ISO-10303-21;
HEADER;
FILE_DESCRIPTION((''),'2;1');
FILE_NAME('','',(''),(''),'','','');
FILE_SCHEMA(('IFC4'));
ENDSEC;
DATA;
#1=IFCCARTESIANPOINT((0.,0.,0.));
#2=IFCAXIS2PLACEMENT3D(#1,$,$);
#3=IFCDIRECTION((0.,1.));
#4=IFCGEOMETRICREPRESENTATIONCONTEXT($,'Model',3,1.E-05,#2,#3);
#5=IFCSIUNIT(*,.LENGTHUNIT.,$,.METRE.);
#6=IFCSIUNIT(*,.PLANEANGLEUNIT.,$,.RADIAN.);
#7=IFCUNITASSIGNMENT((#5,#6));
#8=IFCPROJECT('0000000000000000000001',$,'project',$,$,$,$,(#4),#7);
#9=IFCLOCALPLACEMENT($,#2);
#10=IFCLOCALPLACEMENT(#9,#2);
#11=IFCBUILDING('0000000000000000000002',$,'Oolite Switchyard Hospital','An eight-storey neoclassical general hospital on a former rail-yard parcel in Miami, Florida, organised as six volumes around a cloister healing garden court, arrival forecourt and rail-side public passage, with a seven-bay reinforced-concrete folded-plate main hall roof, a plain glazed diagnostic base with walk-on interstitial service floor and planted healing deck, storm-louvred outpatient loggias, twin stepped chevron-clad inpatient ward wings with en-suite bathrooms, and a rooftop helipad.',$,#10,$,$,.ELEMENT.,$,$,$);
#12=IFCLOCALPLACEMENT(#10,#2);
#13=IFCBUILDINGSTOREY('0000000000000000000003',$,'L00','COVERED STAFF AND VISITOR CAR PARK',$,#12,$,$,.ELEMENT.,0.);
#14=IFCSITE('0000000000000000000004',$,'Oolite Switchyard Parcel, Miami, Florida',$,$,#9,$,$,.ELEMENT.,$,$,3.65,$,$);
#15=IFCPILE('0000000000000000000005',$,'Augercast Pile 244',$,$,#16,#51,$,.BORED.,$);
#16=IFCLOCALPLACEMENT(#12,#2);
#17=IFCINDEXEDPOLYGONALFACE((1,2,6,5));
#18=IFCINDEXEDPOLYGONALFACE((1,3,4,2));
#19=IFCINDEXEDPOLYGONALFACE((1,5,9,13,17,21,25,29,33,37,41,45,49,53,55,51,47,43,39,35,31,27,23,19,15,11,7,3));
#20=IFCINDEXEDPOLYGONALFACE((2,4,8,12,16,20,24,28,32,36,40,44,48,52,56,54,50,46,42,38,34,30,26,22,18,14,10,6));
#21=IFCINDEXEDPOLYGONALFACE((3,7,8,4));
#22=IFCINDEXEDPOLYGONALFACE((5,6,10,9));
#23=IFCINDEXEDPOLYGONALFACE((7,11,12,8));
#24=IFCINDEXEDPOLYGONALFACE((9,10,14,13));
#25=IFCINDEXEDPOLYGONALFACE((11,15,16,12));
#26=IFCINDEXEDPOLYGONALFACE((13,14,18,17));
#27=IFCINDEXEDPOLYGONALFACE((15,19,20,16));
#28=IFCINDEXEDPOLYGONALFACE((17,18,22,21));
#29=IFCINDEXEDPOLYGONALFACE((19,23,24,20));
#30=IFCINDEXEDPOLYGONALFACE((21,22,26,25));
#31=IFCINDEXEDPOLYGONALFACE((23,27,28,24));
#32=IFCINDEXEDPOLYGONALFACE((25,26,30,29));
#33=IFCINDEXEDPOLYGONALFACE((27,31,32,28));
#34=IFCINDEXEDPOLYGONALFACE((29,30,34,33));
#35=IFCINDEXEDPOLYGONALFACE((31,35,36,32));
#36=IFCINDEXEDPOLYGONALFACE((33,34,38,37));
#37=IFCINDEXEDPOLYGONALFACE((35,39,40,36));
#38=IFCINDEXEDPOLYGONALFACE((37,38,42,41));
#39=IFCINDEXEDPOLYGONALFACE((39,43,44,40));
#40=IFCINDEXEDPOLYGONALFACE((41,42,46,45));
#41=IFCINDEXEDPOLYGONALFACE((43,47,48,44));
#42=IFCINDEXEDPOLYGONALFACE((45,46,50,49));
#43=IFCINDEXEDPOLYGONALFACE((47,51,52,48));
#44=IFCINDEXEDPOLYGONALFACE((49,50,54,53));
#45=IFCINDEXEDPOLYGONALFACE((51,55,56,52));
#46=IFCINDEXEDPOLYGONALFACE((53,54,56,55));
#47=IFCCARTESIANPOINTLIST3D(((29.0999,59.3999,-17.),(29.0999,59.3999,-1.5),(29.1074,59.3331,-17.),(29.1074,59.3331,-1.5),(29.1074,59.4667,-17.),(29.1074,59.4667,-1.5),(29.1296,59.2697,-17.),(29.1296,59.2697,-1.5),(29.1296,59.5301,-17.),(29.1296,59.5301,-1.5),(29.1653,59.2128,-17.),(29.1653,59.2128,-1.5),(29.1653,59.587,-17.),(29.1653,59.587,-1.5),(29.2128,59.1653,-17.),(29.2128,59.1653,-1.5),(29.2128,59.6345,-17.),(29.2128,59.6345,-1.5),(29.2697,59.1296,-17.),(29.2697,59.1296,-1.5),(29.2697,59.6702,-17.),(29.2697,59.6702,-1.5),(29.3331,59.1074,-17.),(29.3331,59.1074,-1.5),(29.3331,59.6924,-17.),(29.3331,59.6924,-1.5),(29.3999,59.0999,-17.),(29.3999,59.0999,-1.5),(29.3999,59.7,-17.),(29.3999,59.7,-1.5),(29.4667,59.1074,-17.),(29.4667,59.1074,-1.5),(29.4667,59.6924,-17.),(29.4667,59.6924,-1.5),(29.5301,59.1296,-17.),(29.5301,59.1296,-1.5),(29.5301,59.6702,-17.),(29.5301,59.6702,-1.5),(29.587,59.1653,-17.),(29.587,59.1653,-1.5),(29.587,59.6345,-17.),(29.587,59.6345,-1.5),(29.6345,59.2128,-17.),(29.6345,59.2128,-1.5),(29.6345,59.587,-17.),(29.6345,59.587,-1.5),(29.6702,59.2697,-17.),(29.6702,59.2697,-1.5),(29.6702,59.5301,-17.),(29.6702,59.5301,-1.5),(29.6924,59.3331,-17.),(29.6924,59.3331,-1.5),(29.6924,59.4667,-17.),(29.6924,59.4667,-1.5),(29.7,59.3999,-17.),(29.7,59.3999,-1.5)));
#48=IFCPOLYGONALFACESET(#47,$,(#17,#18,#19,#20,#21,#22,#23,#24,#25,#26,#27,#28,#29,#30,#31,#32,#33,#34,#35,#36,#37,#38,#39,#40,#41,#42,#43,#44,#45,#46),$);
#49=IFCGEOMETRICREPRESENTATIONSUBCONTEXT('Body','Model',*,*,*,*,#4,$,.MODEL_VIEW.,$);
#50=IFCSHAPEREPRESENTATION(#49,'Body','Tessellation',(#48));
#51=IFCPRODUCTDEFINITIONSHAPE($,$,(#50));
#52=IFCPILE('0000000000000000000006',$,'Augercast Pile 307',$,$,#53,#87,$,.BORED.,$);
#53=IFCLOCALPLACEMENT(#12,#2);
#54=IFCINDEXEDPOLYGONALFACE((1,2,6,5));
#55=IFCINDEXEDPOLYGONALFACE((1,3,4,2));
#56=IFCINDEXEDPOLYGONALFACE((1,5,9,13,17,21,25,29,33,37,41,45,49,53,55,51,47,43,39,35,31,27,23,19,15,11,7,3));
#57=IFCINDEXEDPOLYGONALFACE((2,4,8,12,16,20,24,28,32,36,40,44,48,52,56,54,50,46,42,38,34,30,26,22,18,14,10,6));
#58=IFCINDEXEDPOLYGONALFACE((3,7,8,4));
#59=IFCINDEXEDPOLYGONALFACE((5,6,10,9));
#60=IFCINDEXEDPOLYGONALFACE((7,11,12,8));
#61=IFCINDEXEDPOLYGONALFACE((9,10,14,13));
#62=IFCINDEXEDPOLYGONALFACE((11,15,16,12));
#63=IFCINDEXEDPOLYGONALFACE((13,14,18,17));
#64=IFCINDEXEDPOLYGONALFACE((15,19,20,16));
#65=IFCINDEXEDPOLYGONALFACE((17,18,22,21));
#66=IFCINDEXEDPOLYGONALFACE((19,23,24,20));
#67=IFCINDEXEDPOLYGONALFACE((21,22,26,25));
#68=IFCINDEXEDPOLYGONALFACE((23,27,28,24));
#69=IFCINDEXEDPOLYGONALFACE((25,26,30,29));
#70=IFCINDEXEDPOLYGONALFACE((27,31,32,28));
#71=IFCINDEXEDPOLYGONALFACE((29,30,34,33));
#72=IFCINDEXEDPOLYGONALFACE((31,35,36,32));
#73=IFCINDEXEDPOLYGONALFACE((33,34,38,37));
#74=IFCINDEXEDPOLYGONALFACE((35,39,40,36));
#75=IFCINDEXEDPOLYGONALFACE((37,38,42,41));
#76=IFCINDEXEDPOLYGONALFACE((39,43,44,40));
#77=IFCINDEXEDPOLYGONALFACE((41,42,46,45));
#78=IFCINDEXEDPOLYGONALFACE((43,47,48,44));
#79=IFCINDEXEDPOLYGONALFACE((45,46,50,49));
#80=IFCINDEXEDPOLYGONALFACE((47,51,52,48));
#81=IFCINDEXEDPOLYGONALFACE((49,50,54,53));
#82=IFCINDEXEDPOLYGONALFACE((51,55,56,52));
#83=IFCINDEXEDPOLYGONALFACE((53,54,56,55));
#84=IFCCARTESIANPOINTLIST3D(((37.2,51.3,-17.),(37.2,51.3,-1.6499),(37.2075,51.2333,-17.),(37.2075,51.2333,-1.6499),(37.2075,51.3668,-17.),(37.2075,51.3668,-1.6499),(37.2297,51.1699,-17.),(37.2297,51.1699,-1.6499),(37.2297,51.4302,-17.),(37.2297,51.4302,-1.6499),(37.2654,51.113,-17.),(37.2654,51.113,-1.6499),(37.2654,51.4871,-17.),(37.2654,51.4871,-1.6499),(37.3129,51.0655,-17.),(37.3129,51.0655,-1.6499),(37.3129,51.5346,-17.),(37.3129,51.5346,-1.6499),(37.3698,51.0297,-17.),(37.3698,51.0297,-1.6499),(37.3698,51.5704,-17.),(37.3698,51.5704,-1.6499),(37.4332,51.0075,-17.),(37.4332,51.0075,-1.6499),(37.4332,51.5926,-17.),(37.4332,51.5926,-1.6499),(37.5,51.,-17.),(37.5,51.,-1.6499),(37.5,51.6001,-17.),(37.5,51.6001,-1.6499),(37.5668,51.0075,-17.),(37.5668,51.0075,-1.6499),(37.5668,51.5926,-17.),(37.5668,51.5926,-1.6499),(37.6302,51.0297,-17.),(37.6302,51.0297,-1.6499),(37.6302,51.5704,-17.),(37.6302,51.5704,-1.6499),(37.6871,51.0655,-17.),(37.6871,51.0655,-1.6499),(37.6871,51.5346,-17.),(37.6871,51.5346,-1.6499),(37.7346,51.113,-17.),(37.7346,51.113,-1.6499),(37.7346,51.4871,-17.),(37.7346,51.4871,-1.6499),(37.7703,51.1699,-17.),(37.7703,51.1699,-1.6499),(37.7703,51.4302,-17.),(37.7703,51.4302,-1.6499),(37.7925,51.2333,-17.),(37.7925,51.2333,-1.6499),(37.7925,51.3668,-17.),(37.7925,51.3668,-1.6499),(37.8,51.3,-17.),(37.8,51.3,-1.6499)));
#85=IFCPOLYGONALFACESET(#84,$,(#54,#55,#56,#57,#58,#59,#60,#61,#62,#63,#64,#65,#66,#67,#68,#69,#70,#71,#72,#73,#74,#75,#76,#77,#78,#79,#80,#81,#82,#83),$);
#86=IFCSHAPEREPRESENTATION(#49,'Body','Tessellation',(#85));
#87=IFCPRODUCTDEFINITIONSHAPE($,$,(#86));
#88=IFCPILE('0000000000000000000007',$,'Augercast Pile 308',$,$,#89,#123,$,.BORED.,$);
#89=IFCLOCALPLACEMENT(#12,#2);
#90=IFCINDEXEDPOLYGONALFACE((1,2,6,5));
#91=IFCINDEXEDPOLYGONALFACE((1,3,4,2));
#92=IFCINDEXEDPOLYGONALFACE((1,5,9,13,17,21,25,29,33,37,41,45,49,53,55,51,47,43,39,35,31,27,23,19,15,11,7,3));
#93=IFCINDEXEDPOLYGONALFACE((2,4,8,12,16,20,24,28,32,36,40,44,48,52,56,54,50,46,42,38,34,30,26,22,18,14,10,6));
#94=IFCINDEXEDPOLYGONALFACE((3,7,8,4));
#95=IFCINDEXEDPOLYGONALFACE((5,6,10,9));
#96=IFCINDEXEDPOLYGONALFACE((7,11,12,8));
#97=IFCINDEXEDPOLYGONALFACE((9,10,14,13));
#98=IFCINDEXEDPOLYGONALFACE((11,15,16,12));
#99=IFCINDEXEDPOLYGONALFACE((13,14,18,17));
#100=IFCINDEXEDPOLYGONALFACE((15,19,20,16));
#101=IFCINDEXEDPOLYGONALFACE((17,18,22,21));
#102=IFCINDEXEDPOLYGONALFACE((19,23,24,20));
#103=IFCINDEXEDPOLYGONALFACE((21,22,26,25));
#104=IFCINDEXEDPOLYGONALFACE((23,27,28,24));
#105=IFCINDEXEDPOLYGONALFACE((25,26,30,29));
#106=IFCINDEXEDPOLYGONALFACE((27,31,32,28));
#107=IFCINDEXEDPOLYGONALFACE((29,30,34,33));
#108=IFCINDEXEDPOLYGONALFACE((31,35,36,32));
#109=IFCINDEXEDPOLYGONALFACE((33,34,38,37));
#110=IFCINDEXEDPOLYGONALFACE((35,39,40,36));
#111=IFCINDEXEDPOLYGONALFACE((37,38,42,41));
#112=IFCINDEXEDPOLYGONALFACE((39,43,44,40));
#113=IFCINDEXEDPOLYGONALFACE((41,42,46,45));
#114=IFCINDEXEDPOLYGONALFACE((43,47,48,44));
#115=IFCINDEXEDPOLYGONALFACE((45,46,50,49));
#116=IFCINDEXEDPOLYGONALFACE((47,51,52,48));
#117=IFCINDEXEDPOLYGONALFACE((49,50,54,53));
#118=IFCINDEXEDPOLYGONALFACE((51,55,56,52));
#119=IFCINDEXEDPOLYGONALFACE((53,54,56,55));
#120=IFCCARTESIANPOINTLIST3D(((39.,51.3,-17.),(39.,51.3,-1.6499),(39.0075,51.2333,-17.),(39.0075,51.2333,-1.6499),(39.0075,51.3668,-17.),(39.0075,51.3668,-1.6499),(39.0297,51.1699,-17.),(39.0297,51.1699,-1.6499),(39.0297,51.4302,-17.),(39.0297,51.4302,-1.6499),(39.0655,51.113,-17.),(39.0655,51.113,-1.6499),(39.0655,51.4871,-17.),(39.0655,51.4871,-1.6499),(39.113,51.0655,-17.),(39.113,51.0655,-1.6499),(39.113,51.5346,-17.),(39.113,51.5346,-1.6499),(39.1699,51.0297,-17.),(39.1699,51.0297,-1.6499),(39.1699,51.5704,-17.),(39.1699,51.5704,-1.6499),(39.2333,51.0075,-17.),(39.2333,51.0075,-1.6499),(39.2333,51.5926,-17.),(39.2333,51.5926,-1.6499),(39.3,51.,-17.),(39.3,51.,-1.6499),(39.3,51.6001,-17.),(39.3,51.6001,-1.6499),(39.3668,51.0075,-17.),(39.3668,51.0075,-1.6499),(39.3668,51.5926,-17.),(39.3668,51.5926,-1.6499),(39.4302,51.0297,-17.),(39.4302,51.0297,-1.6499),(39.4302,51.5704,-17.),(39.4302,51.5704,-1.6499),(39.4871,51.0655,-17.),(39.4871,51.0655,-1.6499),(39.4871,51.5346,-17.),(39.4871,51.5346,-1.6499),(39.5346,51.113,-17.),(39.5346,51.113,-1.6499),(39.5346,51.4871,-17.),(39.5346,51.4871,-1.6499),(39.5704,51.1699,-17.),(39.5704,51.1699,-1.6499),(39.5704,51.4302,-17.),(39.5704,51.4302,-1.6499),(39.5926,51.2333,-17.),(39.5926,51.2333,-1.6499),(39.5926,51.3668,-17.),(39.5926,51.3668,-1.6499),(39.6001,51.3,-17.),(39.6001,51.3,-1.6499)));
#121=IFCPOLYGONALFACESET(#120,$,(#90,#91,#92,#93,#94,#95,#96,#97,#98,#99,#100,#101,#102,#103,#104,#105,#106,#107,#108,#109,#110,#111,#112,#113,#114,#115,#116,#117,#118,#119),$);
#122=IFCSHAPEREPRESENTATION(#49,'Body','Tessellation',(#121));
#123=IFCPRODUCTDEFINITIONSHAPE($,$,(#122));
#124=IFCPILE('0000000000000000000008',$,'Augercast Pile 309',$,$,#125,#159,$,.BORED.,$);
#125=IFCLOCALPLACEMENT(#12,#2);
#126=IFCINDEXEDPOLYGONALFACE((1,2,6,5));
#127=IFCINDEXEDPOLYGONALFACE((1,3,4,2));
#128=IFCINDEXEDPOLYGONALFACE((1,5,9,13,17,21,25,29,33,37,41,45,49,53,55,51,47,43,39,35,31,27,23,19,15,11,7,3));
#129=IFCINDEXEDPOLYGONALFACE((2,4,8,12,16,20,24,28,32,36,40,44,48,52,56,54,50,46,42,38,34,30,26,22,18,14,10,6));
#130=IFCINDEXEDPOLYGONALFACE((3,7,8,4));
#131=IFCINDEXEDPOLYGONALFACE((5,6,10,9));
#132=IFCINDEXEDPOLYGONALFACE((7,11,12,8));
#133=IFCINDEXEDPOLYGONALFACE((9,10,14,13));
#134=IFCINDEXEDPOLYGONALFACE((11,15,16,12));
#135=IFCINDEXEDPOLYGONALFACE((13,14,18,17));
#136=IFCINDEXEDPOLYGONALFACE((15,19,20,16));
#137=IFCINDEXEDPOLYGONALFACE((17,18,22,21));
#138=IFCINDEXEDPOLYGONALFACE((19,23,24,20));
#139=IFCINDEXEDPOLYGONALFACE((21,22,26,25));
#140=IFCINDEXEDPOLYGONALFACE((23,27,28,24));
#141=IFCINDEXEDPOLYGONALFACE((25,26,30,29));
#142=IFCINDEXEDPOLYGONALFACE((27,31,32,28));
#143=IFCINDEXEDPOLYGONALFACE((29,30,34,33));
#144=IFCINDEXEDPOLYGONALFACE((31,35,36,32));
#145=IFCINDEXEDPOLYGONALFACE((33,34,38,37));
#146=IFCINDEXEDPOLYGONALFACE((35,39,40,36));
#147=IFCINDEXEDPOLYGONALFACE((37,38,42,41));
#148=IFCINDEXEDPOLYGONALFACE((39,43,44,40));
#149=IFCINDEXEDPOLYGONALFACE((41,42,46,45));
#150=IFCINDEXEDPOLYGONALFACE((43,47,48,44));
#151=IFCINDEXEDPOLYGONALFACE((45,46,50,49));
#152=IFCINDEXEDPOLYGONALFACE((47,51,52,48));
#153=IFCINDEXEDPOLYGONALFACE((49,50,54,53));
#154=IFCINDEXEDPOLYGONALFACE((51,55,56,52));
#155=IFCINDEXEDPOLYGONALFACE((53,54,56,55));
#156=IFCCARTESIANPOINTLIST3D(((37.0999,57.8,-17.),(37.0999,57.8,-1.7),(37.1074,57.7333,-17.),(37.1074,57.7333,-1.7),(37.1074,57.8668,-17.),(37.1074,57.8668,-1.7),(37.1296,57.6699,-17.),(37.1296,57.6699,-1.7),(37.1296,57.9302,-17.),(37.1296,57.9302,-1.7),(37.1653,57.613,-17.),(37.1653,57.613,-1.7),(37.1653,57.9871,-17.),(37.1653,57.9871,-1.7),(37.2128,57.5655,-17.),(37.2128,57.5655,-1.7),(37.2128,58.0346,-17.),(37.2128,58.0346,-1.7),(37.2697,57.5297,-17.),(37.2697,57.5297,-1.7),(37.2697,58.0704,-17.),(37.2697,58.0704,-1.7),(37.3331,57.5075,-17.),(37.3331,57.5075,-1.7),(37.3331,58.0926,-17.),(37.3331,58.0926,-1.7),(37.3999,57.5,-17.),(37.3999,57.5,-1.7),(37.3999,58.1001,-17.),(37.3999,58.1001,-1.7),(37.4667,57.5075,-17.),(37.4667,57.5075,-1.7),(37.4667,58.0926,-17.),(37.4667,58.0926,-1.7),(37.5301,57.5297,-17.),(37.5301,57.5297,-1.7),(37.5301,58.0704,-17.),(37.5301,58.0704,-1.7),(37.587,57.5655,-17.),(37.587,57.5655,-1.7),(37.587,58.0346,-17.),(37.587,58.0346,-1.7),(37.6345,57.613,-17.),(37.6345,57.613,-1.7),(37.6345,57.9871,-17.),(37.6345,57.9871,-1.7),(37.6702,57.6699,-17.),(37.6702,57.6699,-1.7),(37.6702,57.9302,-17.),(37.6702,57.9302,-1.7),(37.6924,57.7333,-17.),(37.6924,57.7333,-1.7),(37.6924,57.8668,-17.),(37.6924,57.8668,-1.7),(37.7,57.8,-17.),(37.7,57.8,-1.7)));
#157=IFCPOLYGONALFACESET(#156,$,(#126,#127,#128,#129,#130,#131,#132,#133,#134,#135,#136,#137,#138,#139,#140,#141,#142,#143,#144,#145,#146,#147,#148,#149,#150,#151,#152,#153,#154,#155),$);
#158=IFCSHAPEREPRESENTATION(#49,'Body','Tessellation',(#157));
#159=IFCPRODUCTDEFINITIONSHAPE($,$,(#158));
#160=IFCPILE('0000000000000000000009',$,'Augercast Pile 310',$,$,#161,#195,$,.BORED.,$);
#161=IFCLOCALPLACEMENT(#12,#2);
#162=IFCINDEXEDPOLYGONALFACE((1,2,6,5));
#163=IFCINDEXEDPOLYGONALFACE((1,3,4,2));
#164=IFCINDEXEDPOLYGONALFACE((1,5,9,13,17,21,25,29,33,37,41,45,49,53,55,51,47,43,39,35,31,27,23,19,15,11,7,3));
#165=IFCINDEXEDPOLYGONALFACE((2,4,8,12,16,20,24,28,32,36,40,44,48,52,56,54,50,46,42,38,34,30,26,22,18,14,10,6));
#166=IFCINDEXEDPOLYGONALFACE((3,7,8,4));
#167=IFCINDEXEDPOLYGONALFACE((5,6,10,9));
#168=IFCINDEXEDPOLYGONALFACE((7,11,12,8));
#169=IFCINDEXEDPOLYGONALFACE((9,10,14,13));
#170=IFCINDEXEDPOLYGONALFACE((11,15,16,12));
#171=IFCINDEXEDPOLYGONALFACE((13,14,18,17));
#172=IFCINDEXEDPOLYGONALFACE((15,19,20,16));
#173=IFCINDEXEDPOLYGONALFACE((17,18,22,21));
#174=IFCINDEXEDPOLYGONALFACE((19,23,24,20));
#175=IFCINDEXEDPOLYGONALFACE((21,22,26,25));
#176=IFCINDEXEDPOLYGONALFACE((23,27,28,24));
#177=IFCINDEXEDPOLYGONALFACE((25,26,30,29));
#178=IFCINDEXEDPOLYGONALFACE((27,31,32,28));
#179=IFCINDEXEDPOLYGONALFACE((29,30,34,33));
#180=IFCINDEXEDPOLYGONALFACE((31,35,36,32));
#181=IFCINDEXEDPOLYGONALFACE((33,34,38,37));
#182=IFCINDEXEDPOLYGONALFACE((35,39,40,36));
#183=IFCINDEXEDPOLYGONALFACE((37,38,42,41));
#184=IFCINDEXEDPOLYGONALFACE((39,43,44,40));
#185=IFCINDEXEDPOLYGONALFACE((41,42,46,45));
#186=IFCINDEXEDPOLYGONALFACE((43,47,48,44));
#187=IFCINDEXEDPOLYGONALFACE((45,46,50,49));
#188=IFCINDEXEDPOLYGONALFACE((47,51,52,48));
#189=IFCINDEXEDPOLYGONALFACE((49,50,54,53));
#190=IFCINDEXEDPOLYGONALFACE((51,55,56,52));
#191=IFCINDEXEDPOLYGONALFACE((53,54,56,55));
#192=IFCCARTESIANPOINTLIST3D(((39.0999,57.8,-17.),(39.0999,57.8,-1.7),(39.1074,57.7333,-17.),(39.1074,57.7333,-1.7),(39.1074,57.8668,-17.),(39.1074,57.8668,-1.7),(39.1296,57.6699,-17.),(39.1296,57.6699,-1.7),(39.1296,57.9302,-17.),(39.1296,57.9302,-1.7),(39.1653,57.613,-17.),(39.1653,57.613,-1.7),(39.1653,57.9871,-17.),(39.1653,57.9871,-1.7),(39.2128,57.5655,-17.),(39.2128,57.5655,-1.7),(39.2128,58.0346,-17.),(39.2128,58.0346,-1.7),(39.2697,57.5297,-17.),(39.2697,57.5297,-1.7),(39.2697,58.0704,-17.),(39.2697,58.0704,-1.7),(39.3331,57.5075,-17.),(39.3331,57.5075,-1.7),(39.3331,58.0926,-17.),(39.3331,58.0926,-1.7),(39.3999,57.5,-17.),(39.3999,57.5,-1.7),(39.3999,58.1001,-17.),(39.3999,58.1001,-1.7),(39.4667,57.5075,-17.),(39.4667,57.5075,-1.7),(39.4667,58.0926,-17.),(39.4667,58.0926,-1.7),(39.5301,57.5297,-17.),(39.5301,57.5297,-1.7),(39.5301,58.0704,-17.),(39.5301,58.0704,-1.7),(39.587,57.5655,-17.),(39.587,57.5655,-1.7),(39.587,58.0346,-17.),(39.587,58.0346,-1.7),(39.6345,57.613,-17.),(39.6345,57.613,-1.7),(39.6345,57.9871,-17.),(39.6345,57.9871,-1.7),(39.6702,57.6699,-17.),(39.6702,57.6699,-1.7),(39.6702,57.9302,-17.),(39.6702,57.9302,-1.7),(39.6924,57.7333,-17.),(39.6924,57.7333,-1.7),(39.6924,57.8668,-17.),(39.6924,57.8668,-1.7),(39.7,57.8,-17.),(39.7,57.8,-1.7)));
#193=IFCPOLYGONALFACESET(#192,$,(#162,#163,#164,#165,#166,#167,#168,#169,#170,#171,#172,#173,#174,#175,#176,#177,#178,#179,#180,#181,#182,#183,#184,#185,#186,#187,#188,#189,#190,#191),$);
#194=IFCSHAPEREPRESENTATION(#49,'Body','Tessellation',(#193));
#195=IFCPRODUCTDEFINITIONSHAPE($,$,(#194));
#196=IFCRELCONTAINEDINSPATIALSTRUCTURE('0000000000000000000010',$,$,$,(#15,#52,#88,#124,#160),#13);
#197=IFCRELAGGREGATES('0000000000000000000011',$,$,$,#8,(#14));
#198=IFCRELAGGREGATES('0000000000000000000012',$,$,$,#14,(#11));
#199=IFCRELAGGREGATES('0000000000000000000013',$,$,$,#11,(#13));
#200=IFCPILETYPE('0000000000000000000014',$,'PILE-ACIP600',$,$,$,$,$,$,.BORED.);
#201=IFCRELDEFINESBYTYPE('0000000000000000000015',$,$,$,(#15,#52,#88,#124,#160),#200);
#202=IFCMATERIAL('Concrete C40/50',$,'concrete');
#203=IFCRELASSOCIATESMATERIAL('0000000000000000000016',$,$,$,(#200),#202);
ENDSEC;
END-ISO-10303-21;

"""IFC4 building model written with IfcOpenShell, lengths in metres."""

from ifc_helpers import new_model, si_unit, direction, frame, origin, origin_2d, place, context, subcontext, project, spatial, circle, extrude, material, material_profile, profile_set, type_object, element, save


model = new_model("IFC4")

# Units and contexts
model_context = context("Model", 3, precision=1e-05, world=origin(), true_north=direction((0.0, 1.0)))
body_context = subcontext(model_context, "Body", "Model", "MODEL_VIEW")
ifc_project = project(units=[si_unit("LENGTHUNIT", "METRE"), si_unit("PLANEANGLEUNIT", "RADIAN")], contexts=[model_context])

# Site, building, storey
site_placement = place(None, origin())
site = spatial("IfcSite", under=ifc_project, at=site_placement, Name="Oolite Switchyard Parcel, Miami, Florida", CompositionType="ELEMENT", RefElevation=3.65)
building_placement = place(site_placement, origin())
building = spatial("IfcBuilding", under=site, at=building_placement, Name="Oolite Switchyard Hospital", Description="An eight-storey neoclassical general hospital on a former rail-yard parcel in Miami, Florida, organised as six volumes around a cloister healing garden court, arrival forecourt and rail-side public passage, with a seven-bay reinforced-concrete folded-plate main hall roof, a plain glazed diagnostic base with walk-on interstitial service floor and planted healing deck, storm-louvred outpatient loggias, twin stepped chevron-clad inpatient ward wings with en-suite bathrooms, and a rooftop helipad.", CompositionType="ELEMENT")
storey_placement = place(building_placement, origin())
storey = spatial("IfcBuildingStorey", under=building, at=storey_placement, Name="L00", Description="COVERED STAFF AND VISITOR CAR PARK", CompositionType="ELEMENT", Elevation=0.0)

# Shared definitions
ifc_material_1 = material(Name="Concrete C40/50", Category="concrete")

# Piles
ifc_material_profile_1 = material_profile(ifc_material_1, circle(Radius=0.3, at=origin_2d()), Name="PILE600")
ifc_profile_set_1 = profile_set([ifc_material_profile_1], Name="Concrete C40/50")
pile_type = type_object("IfcPileType", Name="PILE-ACIP600", PredefinedType="BORED", material=ifc_profile_set_1)
for number, where, z_axis, x_axis, name in (
    (1, (29.3999, 59.3999, -1.5), (0.0, 0.0, -1.0), (1.0, 0.0, 0.0), "Augercast Pile 244"),
):
    element("IfcPile", number, at=place(storey_placement, frame(where, z_axis=z_axis, x_axis=x_axis)), inside=storey, type_object=pile_type, Name=name, PredefinedType="BORED", context=body_context, shape_type="SweptSolid", body=[
        extrude(circle(Radius=0.3, at=origin_2d()), origin(), (0.0, 0.0, 1.0), 15.5),
    ])
for number, where, z_axis, x_axis, name in (
    (2, (37.5, 51.3, -1.6499), (0.0, 0.0, -1.0), (1.0, 0.0, 0.0), "Augercast Pile 307"),
    (3, (39.3, 51.3, -1.6499), (0.0, 0.0, -1.0), (1.0, 0.0, 0.0), "Augercast Pile 308"),
):
    element("IfcPile", number, at=place(storey_placement, frame(where, z_axis=z_axis, x_axis=x_axis)), inside=storey, type_object=pile_type, Name=name, PredefinedType="BORED", context=body_context, shape_type="SweptSolid", body=[
        extrude(circle(Radius=0.3, at=origin_2d()), origin(), (0.0, 0.0, 1.0), 15.3501),
    ])
for number, where, z_axis, x_axis, name in (
    (4, (37.3999, 57.8, -1.7), (0.0, 0.0, -1.0), (1.0, 0.0, 0.0), "Augercast Pile 309"),
    (5, (39.3999, 57.8, -1.7), (0.0, 0.0, -1.0), (1.0, 0.0, 0.0), "Augercast Pile 310"),
):
    element("IfcPile", number, at=place(storey_placement, frame(where, z_axis=z_axis, x_axis=x_axis)), inside=storey, type_object=pile_type, Name=name, PredefinedType="BORED", context=body_context, shape_type="SweptSolid", body=[
        extrude(circle(Radius=0.3, at=origin_2d()), origin(), (0.0, 0.0, 1.0), 15.3),
    ])

save(model, "model.ifc")
